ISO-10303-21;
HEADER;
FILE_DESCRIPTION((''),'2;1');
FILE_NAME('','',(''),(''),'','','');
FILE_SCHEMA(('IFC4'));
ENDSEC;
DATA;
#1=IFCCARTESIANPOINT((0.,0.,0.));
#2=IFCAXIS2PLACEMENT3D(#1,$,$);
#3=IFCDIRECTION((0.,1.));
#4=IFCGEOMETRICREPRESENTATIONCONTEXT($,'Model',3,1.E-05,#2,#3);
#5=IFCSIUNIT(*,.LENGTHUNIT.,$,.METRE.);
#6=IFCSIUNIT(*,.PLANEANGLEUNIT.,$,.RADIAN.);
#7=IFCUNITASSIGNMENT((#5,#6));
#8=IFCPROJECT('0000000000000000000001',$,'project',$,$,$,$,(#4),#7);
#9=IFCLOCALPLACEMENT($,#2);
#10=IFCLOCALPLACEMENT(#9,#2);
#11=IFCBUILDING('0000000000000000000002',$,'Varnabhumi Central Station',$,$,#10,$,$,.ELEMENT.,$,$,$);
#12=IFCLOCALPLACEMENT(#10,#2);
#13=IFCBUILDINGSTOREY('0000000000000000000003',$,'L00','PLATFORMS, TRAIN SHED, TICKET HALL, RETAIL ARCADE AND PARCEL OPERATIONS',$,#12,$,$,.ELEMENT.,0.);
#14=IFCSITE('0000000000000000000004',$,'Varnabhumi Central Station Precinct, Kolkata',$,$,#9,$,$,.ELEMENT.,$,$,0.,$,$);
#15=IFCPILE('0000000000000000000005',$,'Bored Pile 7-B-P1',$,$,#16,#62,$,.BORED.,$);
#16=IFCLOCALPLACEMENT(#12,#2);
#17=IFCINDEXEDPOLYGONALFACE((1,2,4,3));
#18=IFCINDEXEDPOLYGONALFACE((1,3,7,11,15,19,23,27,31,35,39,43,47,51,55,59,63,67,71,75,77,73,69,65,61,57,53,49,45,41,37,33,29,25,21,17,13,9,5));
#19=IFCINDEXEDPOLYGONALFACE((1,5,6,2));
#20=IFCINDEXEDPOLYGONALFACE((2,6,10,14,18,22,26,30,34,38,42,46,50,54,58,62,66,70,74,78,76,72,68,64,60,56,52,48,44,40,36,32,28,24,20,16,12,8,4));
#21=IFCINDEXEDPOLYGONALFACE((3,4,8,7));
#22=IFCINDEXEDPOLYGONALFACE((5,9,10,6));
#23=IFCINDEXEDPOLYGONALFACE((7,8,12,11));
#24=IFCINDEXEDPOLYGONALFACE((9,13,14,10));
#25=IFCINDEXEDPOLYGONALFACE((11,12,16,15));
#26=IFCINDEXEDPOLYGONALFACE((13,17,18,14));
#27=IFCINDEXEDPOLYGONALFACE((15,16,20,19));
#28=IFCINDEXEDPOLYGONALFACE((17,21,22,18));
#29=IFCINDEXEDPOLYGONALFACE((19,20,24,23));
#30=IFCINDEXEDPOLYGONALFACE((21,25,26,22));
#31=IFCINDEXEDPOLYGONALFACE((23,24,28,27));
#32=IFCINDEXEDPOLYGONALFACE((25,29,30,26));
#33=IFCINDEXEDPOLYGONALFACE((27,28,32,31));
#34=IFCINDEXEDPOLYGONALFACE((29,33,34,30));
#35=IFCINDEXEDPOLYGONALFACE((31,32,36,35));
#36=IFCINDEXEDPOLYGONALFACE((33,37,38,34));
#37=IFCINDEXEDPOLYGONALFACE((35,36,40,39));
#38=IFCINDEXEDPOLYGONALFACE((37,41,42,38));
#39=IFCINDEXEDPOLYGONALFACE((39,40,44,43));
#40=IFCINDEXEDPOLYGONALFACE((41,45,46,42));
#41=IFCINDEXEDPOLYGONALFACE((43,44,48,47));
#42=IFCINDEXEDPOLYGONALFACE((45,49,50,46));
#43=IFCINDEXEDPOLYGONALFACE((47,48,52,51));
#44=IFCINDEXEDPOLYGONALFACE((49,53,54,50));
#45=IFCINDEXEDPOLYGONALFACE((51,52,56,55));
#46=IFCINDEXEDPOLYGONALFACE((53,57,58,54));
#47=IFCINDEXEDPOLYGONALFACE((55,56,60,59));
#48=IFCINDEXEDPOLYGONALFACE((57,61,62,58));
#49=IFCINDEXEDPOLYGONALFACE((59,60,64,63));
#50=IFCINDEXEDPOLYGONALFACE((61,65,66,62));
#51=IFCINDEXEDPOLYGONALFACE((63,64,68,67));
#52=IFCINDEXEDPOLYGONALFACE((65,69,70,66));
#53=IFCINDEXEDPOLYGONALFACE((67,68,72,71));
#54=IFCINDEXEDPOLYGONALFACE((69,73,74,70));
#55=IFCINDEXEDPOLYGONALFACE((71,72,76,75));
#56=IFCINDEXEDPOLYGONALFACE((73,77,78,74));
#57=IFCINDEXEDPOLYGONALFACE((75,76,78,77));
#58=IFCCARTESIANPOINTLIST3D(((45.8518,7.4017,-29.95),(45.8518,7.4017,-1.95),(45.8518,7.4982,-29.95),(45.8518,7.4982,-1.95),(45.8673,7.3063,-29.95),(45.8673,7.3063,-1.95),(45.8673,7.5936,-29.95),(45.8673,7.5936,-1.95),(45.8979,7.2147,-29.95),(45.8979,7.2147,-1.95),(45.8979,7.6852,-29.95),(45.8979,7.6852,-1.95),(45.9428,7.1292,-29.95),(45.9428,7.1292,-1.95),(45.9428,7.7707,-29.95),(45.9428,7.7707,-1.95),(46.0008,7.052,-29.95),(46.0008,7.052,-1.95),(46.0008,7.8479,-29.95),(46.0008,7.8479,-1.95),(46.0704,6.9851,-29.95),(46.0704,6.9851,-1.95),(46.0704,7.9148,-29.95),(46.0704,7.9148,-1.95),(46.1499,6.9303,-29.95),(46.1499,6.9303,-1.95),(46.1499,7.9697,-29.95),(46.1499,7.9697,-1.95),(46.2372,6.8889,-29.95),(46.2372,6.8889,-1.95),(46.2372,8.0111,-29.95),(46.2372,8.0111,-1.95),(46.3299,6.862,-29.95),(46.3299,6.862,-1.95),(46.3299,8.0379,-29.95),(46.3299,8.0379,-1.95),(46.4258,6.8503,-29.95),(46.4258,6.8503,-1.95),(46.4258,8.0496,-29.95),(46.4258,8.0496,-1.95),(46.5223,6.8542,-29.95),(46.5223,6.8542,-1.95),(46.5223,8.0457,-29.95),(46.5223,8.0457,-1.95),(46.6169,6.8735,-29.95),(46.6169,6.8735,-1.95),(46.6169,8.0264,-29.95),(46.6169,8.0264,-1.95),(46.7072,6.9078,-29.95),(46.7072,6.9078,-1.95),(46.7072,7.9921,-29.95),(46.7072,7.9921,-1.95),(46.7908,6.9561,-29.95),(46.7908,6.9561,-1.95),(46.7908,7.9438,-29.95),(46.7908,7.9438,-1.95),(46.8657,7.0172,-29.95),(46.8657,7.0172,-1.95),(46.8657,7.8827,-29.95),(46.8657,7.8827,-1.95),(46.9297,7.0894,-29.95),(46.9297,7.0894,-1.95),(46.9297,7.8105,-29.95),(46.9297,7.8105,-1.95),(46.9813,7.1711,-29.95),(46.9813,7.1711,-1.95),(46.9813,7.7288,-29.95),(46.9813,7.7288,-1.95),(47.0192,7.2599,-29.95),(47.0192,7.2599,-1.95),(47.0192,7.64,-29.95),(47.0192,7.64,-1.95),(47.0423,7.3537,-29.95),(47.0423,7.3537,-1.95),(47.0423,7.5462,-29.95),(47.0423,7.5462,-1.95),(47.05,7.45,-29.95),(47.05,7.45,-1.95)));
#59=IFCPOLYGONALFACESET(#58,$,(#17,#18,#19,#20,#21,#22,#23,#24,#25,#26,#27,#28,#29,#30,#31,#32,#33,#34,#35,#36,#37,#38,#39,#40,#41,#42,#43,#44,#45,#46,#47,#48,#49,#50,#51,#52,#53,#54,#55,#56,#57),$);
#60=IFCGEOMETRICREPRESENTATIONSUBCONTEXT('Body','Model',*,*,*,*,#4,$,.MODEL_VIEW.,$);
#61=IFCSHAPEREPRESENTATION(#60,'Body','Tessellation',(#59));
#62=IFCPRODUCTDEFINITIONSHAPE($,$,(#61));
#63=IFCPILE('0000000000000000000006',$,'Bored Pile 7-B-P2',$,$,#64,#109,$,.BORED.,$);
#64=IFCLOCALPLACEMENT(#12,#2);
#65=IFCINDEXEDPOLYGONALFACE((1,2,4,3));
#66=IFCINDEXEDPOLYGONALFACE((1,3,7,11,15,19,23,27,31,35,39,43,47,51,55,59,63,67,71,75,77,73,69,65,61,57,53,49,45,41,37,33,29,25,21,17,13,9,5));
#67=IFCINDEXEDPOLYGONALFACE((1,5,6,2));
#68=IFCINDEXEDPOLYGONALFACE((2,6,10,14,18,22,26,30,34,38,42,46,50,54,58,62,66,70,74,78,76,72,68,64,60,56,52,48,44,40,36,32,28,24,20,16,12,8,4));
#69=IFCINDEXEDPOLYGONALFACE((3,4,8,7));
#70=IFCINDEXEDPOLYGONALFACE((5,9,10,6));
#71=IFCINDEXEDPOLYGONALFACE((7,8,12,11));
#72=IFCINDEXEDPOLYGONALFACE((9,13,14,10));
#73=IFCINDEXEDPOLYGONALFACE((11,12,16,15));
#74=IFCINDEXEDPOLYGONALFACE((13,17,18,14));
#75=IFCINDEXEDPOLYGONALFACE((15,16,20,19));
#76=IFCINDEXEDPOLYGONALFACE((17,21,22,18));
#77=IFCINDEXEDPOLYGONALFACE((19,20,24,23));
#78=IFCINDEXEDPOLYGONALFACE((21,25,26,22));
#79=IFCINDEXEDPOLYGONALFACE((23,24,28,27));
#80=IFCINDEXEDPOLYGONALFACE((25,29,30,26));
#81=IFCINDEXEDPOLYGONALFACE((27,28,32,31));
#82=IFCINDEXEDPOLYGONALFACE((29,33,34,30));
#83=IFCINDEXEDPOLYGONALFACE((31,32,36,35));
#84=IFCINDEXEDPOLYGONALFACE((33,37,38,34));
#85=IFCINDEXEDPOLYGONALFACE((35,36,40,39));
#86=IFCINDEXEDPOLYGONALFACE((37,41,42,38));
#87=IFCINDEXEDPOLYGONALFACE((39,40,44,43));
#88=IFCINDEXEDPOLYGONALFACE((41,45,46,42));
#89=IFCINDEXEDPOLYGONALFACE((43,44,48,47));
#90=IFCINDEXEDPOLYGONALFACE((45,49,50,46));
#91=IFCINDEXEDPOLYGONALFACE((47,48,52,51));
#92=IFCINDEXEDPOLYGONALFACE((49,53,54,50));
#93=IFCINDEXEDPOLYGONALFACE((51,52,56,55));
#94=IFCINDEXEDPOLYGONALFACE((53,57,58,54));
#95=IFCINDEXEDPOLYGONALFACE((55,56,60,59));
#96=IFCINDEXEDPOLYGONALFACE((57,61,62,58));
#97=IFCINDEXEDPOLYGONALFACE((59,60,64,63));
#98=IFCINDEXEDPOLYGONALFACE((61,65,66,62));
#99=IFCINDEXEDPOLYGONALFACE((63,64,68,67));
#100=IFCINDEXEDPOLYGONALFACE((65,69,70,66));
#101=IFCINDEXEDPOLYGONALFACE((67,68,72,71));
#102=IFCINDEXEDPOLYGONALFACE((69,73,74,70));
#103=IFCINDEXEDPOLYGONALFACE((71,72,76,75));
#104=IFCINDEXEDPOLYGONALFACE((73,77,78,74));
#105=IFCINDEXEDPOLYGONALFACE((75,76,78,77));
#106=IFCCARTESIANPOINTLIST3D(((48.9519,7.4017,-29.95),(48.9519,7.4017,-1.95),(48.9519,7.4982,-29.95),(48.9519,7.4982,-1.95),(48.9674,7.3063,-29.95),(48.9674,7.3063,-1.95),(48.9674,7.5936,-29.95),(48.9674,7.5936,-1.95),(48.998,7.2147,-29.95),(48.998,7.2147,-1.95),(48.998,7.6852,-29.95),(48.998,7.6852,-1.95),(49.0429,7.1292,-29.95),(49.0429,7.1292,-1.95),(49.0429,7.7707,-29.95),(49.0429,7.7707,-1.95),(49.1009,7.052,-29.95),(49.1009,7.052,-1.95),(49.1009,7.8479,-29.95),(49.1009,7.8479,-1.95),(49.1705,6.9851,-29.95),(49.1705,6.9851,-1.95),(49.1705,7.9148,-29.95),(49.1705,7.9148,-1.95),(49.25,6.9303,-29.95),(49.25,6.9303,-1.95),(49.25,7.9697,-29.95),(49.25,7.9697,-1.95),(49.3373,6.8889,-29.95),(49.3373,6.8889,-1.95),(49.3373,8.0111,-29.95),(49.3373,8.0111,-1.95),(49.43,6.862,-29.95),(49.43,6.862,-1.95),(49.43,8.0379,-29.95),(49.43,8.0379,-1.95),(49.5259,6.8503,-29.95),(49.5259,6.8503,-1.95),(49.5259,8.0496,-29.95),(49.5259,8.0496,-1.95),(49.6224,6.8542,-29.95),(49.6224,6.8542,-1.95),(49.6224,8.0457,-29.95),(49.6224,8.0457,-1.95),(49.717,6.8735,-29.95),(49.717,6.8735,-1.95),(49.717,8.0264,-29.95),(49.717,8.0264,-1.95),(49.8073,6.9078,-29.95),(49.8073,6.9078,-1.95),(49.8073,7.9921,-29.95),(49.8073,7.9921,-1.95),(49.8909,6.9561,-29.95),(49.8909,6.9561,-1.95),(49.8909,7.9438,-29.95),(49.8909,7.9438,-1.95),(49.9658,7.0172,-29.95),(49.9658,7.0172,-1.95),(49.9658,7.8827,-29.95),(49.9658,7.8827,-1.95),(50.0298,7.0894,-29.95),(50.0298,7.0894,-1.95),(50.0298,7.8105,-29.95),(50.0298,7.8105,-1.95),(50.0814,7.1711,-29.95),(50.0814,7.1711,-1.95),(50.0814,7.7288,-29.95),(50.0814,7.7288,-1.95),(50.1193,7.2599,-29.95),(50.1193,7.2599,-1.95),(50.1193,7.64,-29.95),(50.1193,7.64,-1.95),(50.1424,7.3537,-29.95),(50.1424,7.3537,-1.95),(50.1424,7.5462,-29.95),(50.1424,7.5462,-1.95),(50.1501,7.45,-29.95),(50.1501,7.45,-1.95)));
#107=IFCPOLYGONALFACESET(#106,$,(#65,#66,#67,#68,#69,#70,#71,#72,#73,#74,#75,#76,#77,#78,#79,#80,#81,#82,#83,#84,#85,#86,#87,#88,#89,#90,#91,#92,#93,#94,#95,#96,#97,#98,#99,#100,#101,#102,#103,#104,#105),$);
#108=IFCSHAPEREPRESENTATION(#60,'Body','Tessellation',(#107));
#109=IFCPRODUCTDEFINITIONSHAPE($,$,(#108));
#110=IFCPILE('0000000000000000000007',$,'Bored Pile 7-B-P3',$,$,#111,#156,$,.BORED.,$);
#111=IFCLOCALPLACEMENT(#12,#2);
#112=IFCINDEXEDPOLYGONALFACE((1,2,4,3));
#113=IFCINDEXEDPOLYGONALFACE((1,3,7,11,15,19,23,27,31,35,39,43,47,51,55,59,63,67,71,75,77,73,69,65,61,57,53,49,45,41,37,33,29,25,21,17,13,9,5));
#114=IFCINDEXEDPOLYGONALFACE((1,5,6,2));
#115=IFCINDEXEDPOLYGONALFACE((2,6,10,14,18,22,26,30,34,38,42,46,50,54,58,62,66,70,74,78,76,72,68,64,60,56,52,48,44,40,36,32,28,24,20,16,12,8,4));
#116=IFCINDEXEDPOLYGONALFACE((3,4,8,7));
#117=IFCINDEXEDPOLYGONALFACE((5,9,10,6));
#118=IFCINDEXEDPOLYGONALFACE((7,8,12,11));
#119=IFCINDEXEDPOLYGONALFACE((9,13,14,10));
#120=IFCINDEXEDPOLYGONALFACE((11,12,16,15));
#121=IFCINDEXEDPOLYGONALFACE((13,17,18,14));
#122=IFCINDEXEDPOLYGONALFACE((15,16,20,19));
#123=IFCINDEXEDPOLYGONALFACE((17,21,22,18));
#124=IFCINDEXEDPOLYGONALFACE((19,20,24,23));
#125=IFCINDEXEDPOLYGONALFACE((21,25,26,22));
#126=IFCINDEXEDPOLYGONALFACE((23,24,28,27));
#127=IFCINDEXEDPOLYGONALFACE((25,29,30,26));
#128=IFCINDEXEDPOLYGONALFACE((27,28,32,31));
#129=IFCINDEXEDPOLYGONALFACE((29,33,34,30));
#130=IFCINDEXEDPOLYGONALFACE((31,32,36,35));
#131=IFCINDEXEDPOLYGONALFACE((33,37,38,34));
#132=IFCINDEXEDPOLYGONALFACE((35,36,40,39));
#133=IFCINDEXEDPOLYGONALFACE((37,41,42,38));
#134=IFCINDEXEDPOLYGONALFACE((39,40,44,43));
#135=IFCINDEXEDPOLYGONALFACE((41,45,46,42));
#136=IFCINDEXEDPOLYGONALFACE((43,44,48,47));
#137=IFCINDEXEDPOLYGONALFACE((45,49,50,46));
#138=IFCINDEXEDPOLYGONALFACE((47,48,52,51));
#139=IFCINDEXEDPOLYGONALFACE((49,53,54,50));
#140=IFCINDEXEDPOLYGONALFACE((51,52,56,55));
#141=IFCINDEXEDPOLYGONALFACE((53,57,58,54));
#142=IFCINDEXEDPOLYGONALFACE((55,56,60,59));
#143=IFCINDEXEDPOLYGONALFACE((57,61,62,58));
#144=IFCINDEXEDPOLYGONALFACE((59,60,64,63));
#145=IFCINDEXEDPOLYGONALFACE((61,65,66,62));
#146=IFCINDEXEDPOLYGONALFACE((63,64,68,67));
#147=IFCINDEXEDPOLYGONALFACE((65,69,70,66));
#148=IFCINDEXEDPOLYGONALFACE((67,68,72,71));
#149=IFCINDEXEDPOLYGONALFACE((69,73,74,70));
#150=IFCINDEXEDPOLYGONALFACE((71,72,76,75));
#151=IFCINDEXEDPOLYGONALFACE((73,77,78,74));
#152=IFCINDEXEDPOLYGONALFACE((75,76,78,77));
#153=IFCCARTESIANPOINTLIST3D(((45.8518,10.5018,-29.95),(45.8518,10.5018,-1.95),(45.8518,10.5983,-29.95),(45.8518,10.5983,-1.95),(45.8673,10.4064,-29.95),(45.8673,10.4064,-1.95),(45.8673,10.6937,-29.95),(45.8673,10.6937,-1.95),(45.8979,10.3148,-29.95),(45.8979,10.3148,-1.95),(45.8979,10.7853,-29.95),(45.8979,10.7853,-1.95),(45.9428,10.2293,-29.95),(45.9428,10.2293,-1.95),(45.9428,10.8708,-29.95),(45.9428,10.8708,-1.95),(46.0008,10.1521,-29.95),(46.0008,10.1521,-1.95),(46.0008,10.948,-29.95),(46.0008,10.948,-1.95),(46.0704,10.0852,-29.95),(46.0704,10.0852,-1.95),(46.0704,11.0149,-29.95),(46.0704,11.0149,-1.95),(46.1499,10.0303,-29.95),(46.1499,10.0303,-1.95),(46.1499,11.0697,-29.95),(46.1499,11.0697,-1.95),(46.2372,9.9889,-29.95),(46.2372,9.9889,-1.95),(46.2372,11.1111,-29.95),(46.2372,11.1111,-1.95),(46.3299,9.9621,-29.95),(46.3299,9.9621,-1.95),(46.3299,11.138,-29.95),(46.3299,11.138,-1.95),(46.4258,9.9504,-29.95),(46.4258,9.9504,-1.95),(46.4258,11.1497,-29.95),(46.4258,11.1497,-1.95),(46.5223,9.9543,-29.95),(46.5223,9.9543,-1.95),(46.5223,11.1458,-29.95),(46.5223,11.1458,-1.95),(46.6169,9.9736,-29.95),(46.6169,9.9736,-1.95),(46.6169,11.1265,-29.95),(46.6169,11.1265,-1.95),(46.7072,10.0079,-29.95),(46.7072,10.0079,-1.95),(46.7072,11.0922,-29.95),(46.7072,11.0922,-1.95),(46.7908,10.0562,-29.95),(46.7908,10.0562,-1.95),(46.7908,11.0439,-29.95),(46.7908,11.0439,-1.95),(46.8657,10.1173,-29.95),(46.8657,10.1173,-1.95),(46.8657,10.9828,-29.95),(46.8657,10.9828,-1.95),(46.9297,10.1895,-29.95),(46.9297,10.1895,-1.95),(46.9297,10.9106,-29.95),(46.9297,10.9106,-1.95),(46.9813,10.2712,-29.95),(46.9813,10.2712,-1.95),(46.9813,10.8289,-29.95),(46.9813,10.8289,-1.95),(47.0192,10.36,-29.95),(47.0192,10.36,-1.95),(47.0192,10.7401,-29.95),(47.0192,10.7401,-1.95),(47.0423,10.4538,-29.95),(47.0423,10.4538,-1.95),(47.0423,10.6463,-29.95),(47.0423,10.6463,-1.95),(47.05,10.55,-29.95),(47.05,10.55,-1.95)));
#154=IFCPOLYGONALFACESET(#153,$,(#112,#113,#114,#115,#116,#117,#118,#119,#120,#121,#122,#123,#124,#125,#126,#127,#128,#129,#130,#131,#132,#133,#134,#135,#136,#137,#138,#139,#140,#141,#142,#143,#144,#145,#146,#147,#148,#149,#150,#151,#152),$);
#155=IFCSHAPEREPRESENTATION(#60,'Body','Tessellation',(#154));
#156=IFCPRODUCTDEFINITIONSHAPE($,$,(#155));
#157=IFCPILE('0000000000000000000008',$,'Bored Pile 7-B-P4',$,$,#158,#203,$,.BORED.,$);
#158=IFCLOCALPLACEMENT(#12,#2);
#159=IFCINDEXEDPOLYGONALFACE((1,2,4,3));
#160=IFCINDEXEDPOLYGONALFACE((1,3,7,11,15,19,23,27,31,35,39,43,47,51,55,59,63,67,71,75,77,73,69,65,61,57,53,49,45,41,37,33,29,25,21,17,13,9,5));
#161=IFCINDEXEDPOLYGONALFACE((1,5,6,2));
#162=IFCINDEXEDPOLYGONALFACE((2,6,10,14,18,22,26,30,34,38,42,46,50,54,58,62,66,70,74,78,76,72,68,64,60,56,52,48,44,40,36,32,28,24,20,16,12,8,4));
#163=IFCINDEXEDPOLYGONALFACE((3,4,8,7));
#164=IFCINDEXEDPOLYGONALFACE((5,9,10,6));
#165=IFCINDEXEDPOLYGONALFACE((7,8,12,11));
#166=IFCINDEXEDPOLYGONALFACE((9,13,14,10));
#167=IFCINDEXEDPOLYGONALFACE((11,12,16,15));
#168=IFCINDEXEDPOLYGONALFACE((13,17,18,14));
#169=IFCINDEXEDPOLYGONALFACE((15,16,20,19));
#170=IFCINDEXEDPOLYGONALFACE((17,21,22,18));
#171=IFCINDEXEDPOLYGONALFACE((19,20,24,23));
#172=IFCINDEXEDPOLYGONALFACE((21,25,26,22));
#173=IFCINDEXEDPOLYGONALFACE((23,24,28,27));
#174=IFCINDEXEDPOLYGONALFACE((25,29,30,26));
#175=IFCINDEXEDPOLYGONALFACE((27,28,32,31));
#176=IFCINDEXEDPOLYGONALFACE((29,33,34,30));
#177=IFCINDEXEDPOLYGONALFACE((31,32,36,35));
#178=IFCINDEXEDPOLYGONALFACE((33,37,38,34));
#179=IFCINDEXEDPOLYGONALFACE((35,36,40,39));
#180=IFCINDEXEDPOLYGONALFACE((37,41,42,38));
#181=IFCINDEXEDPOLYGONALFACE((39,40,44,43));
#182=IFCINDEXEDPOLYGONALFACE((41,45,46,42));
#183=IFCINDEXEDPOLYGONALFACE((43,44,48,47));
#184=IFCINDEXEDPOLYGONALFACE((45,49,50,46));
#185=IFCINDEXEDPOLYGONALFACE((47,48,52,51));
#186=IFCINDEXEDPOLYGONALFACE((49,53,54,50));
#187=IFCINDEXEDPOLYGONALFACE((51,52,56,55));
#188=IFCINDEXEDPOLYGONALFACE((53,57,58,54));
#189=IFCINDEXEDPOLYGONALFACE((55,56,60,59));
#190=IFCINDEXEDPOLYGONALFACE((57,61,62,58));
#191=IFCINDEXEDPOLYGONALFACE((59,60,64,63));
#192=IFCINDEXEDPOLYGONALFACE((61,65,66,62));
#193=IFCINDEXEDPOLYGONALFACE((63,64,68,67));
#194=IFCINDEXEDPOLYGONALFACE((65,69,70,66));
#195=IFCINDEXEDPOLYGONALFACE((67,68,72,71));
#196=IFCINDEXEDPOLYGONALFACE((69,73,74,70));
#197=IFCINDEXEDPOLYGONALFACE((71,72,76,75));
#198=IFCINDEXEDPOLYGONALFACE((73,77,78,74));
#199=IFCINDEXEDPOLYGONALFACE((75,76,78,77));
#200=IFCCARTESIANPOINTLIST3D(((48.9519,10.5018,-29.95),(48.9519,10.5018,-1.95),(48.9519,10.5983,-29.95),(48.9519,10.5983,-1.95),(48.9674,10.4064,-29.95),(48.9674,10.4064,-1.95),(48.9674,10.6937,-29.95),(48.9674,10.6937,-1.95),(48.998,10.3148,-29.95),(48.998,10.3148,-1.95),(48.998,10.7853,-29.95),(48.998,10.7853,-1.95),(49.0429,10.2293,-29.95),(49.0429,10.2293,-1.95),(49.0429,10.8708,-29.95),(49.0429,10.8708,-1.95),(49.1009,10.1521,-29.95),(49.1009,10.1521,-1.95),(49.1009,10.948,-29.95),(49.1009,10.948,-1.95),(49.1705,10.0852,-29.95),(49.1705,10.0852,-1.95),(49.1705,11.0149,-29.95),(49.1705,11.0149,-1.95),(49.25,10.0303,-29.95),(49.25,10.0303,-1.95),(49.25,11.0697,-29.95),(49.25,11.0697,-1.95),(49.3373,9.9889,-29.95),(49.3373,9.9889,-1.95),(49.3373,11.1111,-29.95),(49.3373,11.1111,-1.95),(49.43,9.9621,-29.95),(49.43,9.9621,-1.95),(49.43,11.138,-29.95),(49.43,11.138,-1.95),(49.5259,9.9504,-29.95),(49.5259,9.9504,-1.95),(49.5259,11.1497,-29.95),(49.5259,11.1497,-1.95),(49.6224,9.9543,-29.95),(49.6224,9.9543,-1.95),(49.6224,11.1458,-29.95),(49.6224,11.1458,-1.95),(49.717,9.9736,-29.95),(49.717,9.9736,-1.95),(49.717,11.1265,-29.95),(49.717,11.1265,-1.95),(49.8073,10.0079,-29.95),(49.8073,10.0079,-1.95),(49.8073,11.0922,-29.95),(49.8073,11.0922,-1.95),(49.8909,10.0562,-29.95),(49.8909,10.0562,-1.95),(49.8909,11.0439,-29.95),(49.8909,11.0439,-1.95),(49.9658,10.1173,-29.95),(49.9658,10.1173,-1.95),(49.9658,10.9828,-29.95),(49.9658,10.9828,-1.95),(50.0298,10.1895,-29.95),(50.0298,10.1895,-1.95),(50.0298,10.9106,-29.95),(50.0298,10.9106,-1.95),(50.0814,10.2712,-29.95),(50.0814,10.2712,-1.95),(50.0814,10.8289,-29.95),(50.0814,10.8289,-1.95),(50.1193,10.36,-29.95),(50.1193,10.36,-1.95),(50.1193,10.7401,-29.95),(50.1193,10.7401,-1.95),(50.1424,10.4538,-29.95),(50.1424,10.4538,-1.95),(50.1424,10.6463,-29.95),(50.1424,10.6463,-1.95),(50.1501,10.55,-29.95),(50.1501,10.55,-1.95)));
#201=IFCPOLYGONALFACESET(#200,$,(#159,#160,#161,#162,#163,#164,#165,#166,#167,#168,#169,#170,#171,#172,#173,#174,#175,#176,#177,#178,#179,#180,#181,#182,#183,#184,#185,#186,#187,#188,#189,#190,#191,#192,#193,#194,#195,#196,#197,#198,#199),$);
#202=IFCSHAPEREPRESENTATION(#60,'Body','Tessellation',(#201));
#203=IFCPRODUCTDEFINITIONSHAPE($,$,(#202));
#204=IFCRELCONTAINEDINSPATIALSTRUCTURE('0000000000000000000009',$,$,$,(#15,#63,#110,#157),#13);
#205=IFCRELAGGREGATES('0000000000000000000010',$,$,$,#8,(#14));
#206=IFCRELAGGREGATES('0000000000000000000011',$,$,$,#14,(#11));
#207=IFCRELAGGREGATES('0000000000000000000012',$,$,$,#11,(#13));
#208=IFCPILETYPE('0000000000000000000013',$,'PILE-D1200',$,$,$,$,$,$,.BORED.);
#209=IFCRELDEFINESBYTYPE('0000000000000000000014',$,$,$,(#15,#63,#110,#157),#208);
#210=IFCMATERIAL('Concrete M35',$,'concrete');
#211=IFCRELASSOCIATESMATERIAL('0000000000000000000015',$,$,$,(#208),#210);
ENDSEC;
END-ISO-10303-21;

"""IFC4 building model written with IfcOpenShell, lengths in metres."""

from ifc_helpers import new_model, si_unit, direction, frame, origin, origin_2d, place, context, subcontext, project, spatial, circle, extrude, material, material_profile, profile_set, type_object, element, save


model = new_model("IFC4")

# Units and contexts
model_context = context("Model", 3, precision=1e-05, world=origin(), true_north=direction((0.0, 1.0)))
body_context = subcontext(model_context, "Body", "Model", "MODEL_VIEW")
ifc_project = project(units=[si_unit("LENGTHUNIT", "METRE"), si_unit("PLANEANGLEUNIT", "RADIAN")], contexts=[model_context])

# Site, building, storey
site_placement = place(None, origin())
site = spatial("IfcSite", under=ifc_project, at=site_placement, Name="Varnabhumi Central Station Precinct, Kolkata", CompositionType="ELEMENT", RefElevation=0.0)
building_placement = place(site_placement, origin())
building = spatial("IfcBuilding", under=site, at=building_placement, Name="Varnabhumi Central Station", CompositionType="ELEMENT")
storey_placement = place(building_placement, origin())
storey = spatial("IfcBuildingStorey", under=building, at=storey_placement, Name="L00", Description="PLATFORMS, TRAIN SHED, TICKET HALL, RETAIL ARCADE AND PARCEL OPERATIONS", CompositionType="ELEMENT", Elevation=0.0)

# Piles
ifc_material_1 = material(Name="Concrete M35", Category="concrete")
ifc_material_profile_1 = material_profile(ifc_material_1, circle(Radius=0.6001, at=origin_2d()), Name="Concrete M35", Category="concrete")
ifc_profile_set_1 = profile_set([ifc_material_profile_1], Name="Concrete M35")
pile_type_1 = type_object("IfcPileType", Name="PILE-D1200", PredefinedType="BORED", material=ifc_profile_set_1)
for number, where, z_axis, x_axis, name in (
    (1, (46.45, 7.45, -1.95), (0.0, 0.0, -1.0), (1.0, 0.0, 0.0), "Bored Pile 7-B-P1"),
    (2, (49.55, 7.45, -1.95), (0.0, 0.0, -1.0), (1.0, 0.0, 0.0), "Bored Pile 7-B-P2"),
    (3, (46.45, 10.55, -1.95), (0.0, 0.0, -1.0), (1.0, 0.0, 0.0), "Bored Pile 7-B-P3"),
    (4, (49.55, 10.55, -1.95), (0.0, 0.0, -1.0), (1.0, 0.0, 0.0), "Bored Pile 7-B-P4"),
):
    element("IfcPile", number, at=place(storey_placement, frame(where, z_axis=z_axis, x_axis=x_axis)), inside=storey, type_object=pile_type_1, Name=name, PredefinedType="BORED", context=body_context, shape_type="SweptSolid", body=[
        extrude(circle(Radius=0.6001, at=origin_2d()), origin(), (0.0, 0.0, 1.0), 28.0),
    ])

save(model, "model.ifc")
